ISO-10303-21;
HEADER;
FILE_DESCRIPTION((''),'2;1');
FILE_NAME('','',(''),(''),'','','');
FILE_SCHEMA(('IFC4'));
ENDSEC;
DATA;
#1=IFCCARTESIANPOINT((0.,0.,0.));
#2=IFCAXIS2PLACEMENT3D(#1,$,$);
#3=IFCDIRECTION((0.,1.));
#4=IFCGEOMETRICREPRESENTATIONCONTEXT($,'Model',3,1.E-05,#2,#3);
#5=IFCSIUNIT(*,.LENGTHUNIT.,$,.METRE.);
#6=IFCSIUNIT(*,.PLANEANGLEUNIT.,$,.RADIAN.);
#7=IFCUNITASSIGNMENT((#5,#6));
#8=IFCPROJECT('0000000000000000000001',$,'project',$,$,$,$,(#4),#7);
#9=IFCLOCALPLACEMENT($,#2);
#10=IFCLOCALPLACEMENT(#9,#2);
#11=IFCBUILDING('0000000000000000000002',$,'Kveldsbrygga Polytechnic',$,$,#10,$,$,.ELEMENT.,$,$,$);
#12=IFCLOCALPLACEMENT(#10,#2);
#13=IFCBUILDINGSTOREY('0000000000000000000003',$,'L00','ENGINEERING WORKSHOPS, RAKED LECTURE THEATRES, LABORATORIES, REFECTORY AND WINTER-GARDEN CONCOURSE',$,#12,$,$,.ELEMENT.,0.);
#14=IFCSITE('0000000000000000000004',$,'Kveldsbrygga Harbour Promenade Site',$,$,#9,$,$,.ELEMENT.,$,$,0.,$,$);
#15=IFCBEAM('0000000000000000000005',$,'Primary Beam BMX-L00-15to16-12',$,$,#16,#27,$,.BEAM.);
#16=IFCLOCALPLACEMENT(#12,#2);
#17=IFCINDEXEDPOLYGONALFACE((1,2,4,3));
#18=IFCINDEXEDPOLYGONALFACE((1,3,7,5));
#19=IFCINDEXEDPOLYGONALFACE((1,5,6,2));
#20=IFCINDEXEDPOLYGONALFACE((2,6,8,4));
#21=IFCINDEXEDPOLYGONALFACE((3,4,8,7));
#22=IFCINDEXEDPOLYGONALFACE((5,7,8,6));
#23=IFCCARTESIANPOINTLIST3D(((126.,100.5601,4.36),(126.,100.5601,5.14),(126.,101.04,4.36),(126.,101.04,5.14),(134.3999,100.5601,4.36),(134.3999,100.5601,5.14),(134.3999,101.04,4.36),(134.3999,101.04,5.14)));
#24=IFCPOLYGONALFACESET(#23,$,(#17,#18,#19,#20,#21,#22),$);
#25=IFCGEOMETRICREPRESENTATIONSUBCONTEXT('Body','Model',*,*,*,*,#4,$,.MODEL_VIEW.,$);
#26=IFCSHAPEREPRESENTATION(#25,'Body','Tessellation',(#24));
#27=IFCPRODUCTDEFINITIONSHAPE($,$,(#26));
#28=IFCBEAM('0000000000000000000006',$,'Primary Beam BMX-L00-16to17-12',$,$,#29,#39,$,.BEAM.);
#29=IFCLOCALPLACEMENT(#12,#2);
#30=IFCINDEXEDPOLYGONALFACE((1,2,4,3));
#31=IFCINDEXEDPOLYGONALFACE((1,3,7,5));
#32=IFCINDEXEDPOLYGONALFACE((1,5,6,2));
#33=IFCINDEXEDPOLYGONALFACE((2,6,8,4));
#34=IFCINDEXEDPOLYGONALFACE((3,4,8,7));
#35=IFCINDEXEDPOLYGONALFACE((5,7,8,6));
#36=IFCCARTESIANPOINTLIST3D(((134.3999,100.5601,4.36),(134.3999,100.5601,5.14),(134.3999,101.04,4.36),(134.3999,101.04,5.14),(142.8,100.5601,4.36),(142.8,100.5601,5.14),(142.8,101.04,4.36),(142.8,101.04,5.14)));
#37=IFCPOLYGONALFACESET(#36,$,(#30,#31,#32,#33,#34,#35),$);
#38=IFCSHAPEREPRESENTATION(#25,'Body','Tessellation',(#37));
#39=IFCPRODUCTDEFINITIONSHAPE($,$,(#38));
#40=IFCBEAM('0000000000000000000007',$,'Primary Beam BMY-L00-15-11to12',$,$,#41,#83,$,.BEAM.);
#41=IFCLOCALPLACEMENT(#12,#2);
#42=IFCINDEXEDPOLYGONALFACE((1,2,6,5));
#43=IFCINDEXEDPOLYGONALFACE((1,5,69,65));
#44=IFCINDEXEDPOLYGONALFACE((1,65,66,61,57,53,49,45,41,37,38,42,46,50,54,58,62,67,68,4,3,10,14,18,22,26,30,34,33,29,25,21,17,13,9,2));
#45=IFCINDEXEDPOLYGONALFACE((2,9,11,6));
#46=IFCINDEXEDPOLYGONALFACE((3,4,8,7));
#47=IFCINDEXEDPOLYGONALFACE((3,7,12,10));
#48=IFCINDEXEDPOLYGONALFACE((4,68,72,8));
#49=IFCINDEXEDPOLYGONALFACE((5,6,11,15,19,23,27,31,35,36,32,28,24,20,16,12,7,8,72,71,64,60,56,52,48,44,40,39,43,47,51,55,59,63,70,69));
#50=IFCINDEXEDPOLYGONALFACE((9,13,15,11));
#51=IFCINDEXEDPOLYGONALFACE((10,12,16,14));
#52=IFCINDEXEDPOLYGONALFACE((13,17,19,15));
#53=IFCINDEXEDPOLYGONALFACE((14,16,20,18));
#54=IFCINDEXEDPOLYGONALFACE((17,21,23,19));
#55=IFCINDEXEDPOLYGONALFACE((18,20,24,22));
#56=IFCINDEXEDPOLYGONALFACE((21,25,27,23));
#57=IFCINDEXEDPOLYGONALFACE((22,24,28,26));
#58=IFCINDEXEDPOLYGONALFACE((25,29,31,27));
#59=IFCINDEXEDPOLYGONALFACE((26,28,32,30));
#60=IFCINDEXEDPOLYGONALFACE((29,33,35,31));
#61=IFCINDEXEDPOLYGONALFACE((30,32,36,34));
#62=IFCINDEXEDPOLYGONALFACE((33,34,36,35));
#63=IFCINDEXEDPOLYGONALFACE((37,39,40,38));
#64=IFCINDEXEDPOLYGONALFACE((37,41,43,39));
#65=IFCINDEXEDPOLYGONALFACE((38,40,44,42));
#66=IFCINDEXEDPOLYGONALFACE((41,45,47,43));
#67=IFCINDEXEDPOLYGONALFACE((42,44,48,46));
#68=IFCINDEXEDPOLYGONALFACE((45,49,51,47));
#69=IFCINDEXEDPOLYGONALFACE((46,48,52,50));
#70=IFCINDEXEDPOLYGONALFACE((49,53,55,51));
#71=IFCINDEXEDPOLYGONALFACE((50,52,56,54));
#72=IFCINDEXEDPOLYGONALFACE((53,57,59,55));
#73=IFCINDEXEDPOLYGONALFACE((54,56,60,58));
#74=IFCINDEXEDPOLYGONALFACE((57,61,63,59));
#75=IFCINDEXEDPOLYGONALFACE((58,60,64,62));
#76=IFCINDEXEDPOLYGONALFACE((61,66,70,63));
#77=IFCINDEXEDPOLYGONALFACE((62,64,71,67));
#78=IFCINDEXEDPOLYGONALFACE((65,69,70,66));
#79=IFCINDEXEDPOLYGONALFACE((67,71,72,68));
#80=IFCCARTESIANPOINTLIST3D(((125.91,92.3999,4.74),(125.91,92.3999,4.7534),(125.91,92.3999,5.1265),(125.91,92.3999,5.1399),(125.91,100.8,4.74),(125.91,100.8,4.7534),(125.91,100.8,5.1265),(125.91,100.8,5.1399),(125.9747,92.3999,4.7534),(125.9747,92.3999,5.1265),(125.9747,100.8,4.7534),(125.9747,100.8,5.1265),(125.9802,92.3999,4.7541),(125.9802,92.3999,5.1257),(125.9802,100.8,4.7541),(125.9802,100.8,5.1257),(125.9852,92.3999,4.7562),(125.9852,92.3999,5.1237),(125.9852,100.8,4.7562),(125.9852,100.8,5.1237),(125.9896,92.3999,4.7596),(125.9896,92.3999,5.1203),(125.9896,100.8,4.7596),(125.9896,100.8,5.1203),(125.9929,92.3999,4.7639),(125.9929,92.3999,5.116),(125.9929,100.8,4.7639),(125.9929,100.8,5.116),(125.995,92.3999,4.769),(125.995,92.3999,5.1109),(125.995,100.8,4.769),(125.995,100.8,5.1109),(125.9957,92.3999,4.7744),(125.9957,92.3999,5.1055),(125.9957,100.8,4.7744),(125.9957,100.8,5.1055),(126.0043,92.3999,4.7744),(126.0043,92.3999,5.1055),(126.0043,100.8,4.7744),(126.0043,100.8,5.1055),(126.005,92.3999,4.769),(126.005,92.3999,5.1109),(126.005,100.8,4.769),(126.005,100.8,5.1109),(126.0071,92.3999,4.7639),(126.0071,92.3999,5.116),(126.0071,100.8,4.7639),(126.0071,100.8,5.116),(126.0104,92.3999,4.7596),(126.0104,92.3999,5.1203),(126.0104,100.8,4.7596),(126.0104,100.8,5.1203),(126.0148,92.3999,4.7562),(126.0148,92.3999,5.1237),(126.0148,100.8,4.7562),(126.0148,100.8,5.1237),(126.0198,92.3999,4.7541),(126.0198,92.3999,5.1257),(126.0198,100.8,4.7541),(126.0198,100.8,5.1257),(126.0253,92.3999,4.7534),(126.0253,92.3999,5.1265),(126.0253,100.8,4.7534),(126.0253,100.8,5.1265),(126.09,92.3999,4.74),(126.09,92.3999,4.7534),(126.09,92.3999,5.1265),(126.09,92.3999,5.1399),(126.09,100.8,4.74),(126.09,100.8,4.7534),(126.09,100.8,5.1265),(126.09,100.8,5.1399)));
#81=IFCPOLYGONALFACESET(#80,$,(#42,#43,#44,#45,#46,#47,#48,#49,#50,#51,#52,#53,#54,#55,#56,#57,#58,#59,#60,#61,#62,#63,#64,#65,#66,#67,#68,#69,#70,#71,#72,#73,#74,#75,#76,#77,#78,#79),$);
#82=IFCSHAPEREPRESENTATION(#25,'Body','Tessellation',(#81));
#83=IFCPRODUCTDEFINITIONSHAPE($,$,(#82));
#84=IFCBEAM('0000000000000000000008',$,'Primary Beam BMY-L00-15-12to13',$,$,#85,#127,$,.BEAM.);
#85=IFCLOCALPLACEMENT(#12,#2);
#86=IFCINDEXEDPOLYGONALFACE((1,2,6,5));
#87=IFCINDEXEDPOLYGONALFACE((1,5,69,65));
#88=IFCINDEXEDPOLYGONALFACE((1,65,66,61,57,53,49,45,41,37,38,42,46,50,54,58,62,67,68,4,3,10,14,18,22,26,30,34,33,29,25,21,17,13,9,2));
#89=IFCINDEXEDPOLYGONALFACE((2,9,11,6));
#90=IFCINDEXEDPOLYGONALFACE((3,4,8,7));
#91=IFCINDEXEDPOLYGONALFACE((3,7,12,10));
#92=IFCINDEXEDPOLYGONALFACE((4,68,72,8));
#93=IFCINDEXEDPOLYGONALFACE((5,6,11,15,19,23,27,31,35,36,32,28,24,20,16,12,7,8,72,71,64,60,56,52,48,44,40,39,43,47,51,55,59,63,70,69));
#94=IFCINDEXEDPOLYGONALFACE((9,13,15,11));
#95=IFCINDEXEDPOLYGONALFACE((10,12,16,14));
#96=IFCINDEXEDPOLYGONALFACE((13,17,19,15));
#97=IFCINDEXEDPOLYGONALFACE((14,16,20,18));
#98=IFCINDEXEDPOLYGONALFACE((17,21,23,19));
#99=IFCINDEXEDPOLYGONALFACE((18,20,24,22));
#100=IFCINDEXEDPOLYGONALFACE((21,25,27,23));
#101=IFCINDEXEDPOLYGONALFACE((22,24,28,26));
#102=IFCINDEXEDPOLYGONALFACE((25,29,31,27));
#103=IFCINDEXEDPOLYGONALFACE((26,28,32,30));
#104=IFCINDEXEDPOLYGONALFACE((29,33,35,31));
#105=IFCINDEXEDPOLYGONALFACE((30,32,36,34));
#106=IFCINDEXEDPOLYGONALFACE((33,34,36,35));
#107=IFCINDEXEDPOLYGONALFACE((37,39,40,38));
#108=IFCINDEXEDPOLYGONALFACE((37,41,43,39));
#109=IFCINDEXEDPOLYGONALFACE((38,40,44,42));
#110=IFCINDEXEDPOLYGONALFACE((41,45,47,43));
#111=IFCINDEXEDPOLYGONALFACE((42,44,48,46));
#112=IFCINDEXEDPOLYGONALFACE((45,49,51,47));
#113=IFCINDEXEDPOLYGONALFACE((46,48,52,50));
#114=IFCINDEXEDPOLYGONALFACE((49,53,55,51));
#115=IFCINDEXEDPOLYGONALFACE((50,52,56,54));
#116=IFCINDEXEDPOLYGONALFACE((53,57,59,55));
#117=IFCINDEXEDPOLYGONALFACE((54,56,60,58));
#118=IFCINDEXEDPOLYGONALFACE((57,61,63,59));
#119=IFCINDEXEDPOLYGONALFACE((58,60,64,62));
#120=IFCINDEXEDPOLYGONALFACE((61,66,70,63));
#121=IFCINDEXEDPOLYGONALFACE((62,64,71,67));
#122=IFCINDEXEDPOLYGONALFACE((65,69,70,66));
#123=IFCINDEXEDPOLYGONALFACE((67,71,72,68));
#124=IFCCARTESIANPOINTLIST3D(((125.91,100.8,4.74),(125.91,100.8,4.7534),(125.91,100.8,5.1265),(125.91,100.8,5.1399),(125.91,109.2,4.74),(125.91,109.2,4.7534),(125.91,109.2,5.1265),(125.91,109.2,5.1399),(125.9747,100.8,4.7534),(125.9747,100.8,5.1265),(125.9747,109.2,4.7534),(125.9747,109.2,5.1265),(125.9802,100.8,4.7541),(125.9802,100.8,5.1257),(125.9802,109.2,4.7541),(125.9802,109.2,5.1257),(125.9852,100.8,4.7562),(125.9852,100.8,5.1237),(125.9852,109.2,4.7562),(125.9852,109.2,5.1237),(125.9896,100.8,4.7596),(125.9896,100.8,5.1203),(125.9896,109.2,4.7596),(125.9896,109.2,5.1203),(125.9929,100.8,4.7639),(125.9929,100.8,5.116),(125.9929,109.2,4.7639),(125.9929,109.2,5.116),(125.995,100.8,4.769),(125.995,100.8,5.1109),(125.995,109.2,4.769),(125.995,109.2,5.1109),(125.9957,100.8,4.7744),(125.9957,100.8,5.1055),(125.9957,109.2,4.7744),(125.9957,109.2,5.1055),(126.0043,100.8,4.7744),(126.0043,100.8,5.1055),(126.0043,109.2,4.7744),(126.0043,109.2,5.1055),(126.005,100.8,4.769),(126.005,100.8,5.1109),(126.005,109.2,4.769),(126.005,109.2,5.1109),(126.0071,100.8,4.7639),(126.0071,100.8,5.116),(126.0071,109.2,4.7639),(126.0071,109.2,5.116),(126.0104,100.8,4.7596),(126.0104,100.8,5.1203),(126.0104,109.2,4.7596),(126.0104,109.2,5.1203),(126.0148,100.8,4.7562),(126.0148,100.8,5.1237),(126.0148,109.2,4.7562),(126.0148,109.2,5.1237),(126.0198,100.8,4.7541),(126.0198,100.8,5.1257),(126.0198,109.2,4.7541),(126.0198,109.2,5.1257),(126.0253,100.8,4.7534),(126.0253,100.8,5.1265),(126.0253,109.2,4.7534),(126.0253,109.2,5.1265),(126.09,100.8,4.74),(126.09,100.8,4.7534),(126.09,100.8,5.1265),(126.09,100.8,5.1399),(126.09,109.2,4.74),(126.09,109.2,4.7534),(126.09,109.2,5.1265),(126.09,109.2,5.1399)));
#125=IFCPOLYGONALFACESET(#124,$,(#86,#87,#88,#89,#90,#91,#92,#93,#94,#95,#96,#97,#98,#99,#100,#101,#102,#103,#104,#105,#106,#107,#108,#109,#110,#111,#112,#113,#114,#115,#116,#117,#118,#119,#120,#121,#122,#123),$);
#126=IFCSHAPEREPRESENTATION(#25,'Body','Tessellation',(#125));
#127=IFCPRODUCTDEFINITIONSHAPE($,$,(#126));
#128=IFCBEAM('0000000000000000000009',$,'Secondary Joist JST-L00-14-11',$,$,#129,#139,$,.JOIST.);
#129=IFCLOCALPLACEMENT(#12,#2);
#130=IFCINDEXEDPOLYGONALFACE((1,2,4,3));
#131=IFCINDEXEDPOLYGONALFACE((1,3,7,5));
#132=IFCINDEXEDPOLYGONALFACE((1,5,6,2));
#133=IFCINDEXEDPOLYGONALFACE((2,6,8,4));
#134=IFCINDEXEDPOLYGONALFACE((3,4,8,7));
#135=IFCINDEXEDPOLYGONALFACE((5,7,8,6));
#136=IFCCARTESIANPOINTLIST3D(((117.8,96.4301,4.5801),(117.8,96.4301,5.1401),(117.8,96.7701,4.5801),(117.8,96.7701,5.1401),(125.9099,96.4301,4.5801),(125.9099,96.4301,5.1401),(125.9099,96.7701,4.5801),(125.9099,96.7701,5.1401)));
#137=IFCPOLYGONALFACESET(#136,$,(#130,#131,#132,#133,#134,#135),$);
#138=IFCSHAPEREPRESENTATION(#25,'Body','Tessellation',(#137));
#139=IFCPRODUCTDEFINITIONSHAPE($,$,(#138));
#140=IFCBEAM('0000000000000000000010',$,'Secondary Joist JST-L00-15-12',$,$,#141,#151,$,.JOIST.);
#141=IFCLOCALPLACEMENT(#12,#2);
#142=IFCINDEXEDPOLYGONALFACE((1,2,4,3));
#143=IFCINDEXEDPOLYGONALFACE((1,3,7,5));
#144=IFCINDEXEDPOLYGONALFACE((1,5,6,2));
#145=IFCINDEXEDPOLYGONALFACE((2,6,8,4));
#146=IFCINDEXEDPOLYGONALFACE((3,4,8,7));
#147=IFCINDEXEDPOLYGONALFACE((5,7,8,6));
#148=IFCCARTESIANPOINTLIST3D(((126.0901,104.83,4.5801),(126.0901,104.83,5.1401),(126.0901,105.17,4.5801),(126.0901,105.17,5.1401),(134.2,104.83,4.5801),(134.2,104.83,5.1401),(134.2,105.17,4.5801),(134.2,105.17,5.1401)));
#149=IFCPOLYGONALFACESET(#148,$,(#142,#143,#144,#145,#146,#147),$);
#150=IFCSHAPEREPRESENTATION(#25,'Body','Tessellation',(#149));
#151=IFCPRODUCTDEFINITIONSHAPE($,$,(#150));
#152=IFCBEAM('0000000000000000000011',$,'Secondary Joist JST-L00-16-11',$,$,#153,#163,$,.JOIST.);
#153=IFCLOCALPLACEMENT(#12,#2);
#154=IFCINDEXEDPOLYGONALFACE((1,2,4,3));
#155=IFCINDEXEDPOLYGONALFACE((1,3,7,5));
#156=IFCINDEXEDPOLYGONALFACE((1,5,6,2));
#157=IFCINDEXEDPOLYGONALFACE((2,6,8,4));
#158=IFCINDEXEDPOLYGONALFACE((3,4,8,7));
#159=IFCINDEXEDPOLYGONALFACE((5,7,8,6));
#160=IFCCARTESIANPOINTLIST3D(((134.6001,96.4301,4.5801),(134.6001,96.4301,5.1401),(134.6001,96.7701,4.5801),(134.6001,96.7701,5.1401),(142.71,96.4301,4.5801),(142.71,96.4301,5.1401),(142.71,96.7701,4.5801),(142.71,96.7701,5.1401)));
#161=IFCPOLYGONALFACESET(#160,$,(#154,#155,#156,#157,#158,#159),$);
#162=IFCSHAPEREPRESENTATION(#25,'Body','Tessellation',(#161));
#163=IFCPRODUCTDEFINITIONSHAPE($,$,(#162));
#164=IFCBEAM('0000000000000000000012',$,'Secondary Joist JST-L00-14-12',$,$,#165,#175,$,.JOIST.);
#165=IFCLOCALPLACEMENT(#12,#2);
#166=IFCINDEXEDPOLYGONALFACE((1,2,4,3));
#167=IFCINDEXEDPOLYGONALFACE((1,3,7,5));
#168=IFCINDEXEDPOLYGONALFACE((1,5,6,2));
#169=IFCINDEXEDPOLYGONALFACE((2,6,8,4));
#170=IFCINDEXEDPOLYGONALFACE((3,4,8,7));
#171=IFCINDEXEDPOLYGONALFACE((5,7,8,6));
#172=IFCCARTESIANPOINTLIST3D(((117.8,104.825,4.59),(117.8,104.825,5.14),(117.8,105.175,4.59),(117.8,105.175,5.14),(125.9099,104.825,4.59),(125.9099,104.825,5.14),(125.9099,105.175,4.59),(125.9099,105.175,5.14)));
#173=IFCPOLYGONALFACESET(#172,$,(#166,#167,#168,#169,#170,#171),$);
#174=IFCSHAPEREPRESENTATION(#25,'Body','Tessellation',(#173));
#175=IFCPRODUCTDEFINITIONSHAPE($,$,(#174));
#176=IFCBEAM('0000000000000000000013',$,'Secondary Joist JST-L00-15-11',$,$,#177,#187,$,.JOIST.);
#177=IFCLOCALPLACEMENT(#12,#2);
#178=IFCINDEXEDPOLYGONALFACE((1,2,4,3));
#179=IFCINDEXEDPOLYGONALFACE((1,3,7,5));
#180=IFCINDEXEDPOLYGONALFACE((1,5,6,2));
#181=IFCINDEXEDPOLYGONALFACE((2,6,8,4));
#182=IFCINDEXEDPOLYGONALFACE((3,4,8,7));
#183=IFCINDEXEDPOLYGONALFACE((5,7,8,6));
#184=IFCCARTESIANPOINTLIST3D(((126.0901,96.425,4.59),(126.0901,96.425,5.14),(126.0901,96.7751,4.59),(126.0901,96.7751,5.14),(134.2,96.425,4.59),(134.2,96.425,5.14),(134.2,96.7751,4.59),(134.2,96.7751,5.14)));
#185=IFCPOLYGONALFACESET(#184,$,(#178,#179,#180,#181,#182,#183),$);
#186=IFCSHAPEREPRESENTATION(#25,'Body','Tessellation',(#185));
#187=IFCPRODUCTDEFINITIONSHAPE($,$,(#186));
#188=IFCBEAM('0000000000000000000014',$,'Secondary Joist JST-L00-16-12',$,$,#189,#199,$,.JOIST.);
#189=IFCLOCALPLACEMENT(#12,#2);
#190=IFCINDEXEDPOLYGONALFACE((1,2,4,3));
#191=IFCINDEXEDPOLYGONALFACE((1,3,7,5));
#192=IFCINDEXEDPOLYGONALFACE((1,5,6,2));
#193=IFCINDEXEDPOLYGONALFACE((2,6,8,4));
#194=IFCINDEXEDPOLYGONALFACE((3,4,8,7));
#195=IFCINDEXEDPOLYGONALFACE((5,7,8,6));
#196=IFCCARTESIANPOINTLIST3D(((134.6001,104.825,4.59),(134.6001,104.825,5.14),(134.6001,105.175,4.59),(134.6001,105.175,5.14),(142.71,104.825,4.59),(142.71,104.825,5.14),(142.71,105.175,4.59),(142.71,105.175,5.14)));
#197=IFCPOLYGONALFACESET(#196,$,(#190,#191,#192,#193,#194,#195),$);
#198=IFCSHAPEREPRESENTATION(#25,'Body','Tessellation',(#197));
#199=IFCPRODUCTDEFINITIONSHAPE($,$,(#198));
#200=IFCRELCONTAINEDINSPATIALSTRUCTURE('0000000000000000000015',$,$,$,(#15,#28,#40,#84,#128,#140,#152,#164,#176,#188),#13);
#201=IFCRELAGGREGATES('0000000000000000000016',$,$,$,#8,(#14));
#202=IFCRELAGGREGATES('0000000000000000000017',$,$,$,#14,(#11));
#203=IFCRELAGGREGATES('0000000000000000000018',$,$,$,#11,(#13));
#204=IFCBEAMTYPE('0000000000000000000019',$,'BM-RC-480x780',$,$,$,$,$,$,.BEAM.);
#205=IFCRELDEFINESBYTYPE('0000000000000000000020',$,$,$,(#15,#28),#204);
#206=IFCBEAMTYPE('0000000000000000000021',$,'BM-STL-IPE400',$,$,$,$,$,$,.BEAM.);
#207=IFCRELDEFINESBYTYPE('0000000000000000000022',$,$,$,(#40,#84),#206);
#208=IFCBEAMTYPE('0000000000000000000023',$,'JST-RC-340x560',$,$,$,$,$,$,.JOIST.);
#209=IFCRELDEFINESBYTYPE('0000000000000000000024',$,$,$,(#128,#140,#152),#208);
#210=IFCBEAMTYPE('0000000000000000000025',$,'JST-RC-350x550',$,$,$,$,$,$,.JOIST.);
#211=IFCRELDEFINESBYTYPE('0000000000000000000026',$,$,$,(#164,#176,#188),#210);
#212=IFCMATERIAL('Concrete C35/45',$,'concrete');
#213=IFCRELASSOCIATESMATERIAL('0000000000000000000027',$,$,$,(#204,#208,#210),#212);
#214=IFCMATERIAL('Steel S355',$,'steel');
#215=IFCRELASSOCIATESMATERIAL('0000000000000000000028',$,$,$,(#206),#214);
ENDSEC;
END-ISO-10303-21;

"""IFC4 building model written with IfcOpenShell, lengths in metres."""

from ifc_helpers import new_model, si_unit, direction, frame, origin, origin_2d, place, context, subcontext, project, spatial, rectangle, i_section, extrude, material, material_profile, profile_set, type_object, element, save


model = new_model("IFC4")

# Units and contexts
model_context = context("Model", 3, precision=1e-05, world=origin(), true_north=direction((0.0, 1.0)))
body_context = subcontext(model_context, "Body", "Model", "MODEL_VIEW")
ifc_project = project(units=[si_unit("LENGTHUNIT", "METRE"), si_unit("PLANEANGLEUNIT", "RADIAN")], contexts=[model_context])

# Site, building, storey
site_placement = place(None, origin())
site = spatial("IfcSite", under=ifc_project, at=site_placement, Name="Kveldsbrygga Harbour Promenade Site", CompositionType="ELEMENT", RefElevation=0.0)
building_placement = place(site_placement, origin())
building = spatial("IfcBuilding", under=site, at=building_placement, Name="Kveldsbrygga Polytechnic", CompositionType="ELEMENT")
storey_placement = place(building_placement, origin())
storey = spatial("IfcBuildingStorey", under=building, at=storey_placement, Name="L00", Description="ENGINEERING WORKSHOPS, RAKED LECTURE THEATRES, LABORATORIES, REFECTORY AND WINTER-GARDEN CONCOURSE", CompositionType="ELEMENT", Elevation=0.0)

# Beams
ifc_material_1 = material(Name="Concrete C35/45", Category="concrete")
ifc_material_profile_1 = material_profile(ifc_material_1, rectangle(XDim=0.48, YDim=0.78, at=origin_2d()), Name="RC 480x780")
ifc_profile_set_1 = profile_set([ifc_material_profile_1], Name="Concrete C35/45")
beam_type_1 = type_object("IfcBeamType", Name="BM-RC-480x780", PredefinedType="BEAM", material=ifc_profile_set_1)
for number, where, z_axis, x_axis, name in (
    (1, (126.0, 100.8, 4.75), (1.0, 0.0, 0.0), (0.0, 1.0, 0.0), "Primary Beam BMX-L00-15to16-12"),
):
    element("IfcBeam", number, at=place(storey_placement, frame(where, z_axis=z_axis, x_axis=x_axis)), inside=storey, type_object=beam_type_1, Name=name, PredefinedType="BEAM", context=body_context, shape_type="SweptSolid", body=[
        extrude(rectangle(XDim=0.48, YDim=0.78, at=origin_2d()), origin(), (0.0, 0.0, 1.0), 8.3999),
    ])
beam_1_placement = place(storey_placement, frame((134.3999, 100.8, 4.75), z_axis=(1.0, 0.0, 0.0), x_axis=(0.0, 1.0, 0.0)))
element("IfcBeam", 2, at=beam_1_placement, inside=storey, type_object=beam_type_1, Name="Primary Beam BMX-L00-16to17-12", PredefinedType="BEAM", context=body_context, shape_type="SweptSolid", body=[
    extrude(rectangle(XDim=0.48, YDim=0.78, at=origin_2d()), origin(), (0.0, 0.0, 1.0), 8.4001),
])
ifc_material_2 = material(Name="Steel S355", Category="steel")
ifc_material_profile_2 = material_profile(ifc_material_2, i_section(OverallWidth=0.1799, OverallDepth=0.3999, WebThickness=0.0085, FlangeThickness=0.0134, FilletRadius=0.021, at=origin_2d()), Name="IPE 400")
ifc_profile_set_2 = profile_set([ifc_material_profile_2], Name="Steel S355")
beam_type_2 = type_object("IfcBeamType", Name="BM-STL-IPE400", PredefinedType="BEAM", material=ifc_profile_set_2)
beam_2_placement = place(storey_placement, frame((126.0, 92.3999, 4.9399), z_axis=(0.0, 1.0, 0.0), x_axis=(-1.0, 0.0, 0.0)))
element("IfcBeam", 3, at=beam_2_placement, inside=storey, type_object=beam_type_2, Name="Primary Beam BMY-L00-15-11to12", PredefinedType="BEAM", context=body_context, shape_type="SweptSolid", body=[
    extrude(i_section(OverallWidth=0.1799, OverallDepth=0.3999, WebThickness=0.0085, FlangeThickness=0.0134, FilletRadius=0.021, at=origin_2d()), origin(), (0.0, 0.0, 1.0), 8.4001),
])
beam_3_placement = place(storey_placement, frame((126.0, 100.8, 4.9399), z_axis=(0.0, 1.0, 0.0), x_axis=(-1.0, 0.0, 0.0)))
element("IfcBeam", 4, at=beam_3_placement, inside=storey, type_object=beam_type_2, Name="Primary Beam BMY-L00-15-12to13", PredefinedType="BEAM", context=body_context, shape_type="SweptSolid", body=[
    extrude(i_section(OverallWidth=0.1799, OverallDepth=0.3999, WebThickness=0.0085, FlangeThickness=0.0134, FilletRadius=0.021, at=origin_2d()), origin(), (0.0, 0.0, 1.0), 8.3999),
])
ifc_material_profile_3 = material_profile(ifc_material_1, rectangle(XDim=0.3401, YDim=0.5601, at=origin_2d()), Name="RC 340x560")
ifc_profile_set_3 = profile_set([ifc_material_profile_3], Name="Concrete C35/45")
beam_type_3 = type_object("IfcBeamType", Name="JST-RC-340x560", PredefinedType="JOIST", material=ifc_profile_set_3)
for number, where, z_axis, x_axis, name in (
    (5, (117.8, 96.6001, 4.8601), (1.0, 0.0, 0.0), (0.0, 1.0, 0.0), "Secondary Joist JST-L00-14-11"),
    (6, (126.0901, 105.0, 4.8601), (1.0, 0.0, 0.0), (0.0, 1.0, 0.0), "Secondary Joist JST-L00-15-12"),
    (7, (134.6001, 96.6001, 4.8601), (1.0, 0.0, 0.0), (0.0, 1.0, 0.0), "Secondary Joist JST-L00-16-11"),
):
    element("IfcBeam", number, at=place(storey_placement, frame(where, z_axis=z_axis, x_axis=x_axis)), inside=storey, type_object=beam_type_3, Name=name, PredefinedType="JOIST", context=body_context, shape_type="SweptSolid", body=[
        extrude(rectangle(XDim=0.3401, YDim=0.5601, at=origin_2d()), origin(), (0.0, 0.0, 1.0), 8.1099),
    ])
ifc_material_profile_4 = material_profile(ifc_material_1, rectangle(XDim=0.3501, YDim=0.55, at=origin_2d()), Name="RC 350x550")
ifc_profile_set_4 = profile_set([ifc_material_profile_4], Name="Concrete C35/45")
beam_type_4 = type_object("IfcBeamType", Name="JST-RC-350x550", PredefinedType="JOIST", material=ifc_profile_set_4)
for number, where, z_axis, x_axis, name in (
    (8, (117.8, 105.0, 4.865), (1.0, 0.0, 0.0), (0.0, 1.0, 0.0), "Secondary Joist JST-L00-14-12"),
    (9, (126.0901, 96.6001, 4.865), (1.0, 0.0, 0.0), (0.0, 1.0, 0.0), "Secondary Joist JST-L00-15-11"),
    (10, (134.6001, 105.0, 4.865), (1.0, 0.0, 0.0), (0.0, 1.0, 0.0), "Secondary Joist JST-L00-16-12"),
):
    element("IfcBeam", number, at=place(storey_placement, frame(where, z_axis=z_axis, x_axis=x_axis)), inside=storey, type_object=beam_type_4, Name=name, PredefinedType="JOIST", context=body_context, shape_type="SweptSolid", body=[
        extrude(rectangle(XDim=0.3501, YDim=0.55, at=origin_2d()), origin(), (0.0, 0.0, 1.0), 8.1099),
    ])

save(model, "model.ifc")
